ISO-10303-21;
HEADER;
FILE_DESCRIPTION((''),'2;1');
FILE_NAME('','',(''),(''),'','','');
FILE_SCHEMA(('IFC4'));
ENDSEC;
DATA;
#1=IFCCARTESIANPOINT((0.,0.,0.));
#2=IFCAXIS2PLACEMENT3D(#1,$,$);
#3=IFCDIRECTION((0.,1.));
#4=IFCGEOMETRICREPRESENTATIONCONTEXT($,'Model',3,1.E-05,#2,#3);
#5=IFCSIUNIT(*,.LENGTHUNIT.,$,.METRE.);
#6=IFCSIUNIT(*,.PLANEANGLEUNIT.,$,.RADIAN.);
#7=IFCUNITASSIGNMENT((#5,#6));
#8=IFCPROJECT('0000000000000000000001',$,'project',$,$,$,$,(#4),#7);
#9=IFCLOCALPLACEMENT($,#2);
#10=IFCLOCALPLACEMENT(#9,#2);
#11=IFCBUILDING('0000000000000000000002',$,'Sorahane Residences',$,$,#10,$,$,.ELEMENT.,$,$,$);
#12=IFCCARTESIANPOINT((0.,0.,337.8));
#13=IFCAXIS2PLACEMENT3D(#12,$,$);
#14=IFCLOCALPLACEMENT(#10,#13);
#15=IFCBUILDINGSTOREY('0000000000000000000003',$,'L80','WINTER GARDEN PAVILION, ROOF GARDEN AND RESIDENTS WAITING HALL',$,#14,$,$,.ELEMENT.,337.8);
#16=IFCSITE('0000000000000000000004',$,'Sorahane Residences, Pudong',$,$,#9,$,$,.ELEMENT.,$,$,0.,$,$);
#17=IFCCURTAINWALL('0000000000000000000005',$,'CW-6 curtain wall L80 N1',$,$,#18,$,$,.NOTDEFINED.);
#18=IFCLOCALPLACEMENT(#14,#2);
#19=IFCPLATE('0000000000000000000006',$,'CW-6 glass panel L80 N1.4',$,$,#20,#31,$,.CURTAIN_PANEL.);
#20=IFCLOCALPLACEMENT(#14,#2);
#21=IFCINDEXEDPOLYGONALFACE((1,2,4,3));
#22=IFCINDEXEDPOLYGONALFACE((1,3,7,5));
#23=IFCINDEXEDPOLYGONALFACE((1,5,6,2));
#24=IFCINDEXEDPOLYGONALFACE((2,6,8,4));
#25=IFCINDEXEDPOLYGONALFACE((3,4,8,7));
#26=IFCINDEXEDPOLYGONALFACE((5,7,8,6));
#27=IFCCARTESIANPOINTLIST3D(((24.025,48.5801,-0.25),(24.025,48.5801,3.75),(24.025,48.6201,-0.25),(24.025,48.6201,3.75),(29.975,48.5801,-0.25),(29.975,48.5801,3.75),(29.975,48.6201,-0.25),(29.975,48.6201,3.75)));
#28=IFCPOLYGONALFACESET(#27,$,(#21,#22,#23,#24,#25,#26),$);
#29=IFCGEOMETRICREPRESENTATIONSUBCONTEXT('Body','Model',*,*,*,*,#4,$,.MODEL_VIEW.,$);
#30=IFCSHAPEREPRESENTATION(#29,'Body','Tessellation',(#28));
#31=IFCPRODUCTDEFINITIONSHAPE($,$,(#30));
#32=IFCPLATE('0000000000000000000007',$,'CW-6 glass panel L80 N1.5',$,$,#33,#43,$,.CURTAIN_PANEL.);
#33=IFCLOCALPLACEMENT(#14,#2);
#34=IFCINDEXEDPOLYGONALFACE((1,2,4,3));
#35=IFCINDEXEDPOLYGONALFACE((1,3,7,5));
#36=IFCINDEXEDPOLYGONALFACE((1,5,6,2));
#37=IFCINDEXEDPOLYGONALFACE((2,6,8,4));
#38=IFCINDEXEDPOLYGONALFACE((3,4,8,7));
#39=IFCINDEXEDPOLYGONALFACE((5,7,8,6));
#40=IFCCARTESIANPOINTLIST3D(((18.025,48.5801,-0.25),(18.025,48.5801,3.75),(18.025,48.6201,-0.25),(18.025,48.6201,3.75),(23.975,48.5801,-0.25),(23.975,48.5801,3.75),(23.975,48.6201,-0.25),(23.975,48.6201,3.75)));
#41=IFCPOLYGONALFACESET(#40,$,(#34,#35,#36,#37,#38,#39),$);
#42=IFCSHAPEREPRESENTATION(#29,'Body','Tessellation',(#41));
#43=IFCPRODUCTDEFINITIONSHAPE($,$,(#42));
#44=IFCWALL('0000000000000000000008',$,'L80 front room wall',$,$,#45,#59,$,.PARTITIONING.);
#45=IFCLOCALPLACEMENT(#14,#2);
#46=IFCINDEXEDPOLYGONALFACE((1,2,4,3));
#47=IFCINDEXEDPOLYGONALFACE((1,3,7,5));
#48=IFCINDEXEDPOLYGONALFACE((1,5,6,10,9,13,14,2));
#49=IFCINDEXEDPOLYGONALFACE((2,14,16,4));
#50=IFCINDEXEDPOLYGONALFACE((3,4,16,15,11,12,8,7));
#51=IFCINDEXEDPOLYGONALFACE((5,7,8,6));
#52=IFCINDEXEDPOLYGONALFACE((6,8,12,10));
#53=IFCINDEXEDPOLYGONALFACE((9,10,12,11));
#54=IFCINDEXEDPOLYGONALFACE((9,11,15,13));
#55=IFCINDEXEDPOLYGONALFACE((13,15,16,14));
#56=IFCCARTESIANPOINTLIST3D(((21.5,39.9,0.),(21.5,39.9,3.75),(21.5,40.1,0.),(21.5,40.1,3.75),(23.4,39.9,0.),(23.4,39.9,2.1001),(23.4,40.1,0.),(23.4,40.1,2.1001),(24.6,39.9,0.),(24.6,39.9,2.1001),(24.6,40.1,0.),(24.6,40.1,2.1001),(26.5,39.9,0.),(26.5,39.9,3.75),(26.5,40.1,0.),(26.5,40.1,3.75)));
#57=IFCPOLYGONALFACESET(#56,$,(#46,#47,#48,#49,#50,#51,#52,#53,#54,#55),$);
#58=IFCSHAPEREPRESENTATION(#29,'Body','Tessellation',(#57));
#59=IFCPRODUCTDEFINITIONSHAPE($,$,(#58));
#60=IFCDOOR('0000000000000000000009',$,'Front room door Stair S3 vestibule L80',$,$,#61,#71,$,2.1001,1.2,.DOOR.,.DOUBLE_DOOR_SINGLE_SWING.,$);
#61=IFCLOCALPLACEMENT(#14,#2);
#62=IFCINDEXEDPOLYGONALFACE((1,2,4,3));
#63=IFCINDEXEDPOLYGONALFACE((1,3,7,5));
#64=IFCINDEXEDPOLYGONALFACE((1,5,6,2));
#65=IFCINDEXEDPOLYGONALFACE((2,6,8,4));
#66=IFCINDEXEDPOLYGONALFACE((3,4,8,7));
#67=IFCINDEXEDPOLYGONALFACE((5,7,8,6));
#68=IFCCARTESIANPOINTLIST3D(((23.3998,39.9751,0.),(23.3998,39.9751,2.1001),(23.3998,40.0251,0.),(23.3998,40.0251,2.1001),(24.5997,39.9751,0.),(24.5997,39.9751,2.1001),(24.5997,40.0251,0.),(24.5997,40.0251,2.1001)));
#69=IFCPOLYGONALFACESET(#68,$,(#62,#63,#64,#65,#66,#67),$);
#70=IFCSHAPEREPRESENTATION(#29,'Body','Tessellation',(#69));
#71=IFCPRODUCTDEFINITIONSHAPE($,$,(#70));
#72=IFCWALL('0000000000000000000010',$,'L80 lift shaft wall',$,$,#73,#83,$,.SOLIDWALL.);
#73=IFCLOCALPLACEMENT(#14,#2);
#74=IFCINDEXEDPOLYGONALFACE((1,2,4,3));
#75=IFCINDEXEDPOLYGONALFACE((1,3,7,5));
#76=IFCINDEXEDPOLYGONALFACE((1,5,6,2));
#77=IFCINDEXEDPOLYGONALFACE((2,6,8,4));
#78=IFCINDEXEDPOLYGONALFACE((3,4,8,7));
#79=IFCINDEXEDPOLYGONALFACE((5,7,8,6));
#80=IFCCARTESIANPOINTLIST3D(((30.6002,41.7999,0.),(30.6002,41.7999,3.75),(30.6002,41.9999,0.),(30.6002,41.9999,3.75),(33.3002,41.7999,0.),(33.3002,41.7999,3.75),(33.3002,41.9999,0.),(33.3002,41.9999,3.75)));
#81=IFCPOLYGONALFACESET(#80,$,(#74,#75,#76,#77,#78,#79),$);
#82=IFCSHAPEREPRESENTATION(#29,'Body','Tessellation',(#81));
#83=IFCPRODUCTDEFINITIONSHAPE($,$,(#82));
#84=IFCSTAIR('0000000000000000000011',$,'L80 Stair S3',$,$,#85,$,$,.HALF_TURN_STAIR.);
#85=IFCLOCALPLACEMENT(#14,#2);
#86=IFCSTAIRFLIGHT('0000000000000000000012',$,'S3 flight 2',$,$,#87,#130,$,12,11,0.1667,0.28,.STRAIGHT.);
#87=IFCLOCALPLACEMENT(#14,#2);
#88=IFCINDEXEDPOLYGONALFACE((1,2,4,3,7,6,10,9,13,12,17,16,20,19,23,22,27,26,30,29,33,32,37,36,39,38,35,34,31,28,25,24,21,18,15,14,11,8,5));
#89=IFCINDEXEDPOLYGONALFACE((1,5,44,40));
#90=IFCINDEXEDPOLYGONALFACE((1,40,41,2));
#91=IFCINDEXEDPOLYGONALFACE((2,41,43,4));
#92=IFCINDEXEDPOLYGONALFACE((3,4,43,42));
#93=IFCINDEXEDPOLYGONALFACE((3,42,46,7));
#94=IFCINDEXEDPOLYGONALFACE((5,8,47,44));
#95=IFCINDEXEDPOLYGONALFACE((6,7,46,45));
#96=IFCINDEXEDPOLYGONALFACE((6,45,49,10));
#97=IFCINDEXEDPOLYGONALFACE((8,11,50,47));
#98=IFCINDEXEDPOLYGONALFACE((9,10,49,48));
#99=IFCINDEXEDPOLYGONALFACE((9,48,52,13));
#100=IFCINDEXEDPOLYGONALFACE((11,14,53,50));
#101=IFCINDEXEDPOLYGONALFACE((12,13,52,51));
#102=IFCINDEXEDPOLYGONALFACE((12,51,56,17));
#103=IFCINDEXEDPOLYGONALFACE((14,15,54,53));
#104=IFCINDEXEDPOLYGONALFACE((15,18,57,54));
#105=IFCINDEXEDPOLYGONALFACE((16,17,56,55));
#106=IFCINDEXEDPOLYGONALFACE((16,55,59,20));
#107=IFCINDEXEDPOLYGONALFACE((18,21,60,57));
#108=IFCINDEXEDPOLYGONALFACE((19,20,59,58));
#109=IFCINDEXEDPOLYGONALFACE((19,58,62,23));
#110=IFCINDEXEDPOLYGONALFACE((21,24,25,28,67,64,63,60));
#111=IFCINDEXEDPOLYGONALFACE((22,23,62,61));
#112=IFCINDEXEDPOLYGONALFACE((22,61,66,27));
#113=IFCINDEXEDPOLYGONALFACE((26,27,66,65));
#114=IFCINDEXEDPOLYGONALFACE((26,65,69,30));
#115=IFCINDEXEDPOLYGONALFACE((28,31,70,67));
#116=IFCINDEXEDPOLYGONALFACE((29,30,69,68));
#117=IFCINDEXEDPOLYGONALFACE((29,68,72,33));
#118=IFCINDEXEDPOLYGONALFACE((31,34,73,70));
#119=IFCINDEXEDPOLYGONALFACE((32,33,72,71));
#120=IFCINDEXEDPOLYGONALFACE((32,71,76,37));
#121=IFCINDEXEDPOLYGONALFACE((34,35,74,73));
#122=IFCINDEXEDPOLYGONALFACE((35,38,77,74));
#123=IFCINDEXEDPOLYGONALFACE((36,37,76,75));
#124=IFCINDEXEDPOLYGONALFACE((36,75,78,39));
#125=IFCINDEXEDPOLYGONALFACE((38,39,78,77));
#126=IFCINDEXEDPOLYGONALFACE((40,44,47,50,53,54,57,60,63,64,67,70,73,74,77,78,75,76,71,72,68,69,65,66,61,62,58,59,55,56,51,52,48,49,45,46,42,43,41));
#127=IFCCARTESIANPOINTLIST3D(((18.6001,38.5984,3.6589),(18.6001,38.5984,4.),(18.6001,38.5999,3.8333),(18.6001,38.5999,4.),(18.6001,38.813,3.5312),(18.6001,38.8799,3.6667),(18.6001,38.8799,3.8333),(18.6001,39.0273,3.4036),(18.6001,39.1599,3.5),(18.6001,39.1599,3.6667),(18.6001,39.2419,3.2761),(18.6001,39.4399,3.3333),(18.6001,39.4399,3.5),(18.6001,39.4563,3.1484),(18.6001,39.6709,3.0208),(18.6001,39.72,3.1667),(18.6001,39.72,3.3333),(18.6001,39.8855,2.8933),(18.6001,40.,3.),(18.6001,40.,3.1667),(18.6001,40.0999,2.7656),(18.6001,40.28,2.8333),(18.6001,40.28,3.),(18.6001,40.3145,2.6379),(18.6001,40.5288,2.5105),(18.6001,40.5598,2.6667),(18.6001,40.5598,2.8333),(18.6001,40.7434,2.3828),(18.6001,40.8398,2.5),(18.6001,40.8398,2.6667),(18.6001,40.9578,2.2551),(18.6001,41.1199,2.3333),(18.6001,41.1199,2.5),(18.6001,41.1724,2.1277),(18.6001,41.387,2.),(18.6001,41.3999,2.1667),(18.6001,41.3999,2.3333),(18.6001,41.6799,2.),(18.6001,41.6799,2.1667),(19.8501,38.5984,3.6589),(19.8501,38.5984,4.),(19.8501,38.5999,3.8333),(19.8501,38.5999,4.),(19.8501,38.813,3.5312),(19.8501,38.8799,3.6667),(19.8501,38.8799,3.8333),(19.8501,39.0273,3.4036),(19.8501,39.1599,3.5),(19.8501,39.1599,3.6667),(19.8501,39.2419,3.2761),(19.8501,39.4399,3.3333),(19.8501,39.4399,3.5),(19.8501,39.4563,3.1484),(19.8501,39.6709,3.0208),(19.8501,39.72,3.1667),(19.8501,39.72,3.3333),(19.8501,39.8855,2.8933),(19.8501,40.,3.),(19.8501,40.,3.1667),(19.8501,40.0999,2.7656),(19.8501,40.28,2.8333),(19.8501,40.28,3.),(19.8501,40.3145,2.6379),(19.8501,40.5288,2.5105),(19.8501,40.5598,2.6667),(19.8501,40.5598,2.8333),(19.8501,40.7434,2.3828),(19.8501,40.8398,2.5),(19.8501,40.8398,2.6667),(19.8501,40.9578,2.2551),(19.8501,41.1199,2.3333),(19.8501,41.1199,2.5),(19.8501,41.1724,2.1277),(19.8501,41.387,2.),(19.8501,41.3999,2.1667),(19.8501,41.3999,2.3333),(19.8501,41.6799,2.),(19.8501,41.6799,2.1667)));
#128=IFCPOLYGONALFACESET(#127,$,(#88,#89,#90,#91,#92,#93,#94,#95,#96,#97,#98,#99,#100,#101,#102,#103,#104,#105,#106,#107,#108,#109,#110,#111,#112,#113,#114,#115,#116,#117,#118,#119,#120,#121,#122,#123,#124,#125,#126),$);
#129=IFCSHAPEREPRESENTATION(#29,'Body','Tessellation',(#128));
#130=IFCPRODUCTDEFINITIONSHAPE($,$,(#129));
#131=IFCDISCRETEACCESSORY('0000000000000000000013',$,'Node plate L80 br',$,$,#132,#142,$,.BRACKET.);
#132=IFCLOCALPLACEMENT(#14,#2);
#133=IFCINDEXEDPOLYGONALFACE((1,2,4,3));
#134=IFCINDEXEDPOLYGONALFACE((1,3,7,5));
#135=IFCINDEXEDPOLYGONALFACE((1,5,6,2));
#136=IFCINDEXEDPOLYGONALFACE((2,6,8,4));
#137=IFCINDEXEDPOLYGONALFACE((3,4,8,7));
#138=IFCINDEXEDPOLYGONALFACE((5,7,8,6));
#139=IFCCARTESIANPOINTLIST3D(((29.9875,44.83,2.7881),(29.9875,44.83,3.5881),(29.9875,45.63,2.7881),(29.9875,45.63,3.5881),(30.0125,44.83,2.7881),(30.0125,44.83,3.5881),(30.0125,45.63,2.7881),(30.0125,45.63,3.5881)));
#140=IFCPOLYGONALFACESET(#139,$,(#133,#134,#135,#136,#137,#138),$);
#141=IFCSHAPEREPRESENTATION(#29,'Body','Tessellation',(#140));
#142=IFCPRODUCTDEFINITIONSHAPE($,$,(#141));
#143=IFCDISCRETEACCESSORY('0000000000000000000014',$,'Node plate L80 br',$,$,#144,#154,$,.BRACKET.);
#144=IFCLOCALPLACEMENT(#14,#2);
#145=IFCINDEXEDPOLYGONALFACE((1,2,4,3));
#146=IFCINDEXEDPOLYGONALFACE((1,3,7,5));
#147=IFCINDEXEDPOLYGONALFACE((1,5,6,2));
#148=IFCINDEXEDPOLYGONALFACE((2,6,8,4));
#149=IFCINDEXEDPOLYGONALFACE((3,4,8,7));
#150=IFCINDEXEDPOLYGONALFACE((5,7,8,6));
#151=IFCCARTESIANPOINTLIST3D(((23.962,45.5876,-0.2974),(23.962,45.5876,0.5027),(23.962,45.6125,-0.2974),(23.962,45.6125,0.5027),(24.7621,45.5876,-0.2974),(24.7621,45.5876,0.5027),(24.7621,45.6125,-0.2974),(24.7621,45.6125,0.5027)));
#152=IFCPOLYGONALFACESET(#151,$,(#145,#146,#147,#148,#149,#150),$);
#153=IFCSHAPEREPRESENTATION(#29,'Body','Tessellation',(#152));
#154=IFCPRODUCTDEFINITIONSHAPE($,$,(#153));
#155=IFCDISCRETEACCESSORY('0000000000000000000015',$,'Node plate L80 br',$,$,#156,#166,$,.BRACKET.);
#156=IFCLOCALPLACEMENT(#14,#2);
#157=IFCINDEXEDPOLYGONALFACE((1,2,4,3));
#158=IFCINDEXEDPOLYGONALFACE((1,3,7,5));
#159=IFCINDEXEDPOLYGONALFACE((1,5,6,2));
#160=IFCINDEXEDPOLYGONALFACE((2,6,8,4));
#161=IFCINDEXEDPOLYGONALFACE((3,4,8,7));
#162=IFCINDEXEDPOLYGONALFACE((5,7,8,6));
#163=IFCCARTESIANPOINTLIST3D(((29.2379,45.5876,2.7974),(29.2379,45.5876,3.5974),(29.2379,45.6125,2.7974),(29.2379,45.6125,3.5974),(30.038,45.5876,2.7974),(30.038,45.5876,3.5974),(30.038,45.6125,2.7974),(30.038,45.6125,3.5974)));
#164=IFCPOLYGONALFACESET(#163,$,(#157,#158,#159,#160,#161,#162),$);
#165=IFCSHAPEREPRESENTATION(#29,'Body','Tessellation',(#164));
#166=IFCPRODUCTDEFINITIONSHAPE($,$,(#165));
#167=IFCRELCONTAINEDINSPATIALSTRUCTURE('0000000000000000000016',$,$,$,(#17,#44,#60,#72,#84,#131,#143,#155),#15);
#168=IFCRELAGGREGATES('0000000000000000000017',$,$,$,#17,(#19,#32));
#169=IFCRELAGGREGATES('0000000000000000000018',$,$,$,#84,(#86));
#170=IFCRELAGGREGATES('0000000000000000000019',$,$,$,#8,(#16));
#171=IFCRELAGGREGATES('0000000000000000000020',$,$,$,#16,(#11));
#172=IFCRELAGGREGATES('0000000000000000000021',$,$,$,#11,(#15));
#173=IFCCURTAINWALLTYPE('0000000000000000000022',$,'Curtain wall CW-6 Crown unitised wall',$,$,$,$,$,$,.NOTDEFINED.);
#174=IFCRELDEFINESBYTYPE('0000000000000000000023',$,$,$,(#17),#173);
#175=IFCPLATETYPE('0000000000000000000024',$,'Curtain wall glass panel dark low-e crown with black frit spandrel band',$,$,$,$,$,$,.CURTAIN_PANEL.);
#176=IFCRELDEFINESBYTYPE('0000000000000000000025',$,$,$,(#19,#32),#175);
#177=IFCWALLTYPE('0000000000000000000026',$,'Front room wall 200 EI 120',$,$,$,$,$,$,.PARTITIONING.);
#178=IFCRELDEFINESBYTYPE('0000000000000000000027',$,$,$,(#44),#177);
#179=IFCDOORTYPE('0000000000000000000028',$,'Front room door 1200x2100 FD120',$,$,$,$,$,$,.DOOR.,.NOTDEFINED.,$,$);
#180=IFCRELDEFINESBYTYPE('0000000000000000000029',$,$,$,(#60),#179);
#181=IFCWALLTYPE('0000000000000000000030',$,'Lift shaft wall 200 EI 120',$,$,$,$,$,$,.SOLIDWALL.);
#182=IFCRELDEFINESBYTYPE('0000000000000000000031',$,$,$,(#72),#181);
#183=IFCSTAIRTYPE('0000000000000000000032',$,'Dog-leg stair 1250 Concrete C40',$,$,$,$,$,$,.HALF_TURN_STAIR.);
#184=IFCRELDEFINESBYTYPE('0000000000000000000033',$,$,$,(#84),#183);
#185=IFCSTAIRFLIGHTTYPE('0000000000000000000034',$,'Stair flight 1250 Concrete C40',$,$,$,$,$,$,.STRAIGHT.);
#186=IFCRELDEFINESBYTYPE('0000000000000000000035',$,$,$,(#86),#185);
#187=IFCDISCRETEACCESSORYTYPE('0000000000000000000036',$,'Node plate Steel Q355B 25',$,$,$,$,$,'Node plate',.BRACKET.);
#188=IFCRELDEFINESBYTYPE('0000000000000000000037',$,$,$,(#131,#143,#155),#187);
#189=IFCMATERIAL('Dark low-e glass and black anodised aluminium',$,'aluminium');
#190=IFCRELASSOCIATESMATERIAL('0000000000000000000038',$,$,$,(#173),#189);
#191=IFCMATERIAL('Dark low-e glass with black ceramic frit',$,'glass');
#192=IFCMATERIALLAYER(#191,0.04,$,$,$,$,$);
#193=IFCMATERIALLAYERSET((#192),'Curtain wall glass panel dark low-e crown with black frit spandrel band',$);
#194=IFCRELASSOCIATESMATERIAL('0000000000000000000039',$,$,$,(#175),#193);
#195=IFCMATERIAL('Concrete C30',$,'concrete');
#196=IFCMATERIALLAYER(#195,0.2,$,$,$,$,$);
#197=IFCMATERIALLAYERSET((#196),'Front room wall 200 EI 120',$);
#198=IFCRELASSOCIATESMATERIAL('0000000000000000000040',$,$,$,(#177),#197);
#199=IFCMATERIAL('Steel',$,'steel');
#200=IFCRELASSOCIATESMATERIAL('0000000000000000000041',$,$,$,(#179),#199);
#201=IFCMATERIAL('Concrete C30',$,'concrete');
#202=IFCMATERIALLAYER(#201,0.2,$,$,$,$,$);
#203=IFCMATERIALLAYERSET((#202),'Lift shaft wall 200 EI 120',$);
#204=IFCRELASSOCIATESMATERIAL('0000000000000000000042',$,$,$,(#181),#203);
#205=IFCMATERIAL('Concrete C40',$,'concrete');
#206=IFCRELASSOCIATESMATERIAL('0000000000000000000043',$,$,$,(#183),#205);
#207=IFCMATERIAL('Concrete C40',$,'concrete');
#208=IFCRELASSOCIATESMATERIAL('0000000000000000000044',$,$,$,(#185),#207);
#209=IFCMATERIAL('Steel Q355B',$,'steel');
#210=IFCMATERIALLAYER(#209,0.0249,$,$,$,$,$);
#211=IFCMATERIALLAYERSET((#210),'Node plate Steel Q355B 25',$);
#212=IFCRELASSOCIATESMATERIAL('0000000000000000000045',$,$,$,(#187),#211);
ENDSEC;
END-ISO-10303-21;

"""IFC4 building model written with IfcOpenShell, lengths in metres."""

from ifc_helpers import new_model, si_unit, direction, frame, frame_2d, origin, origin_2d, place, context, subcontext, project, spatial, polyline, rectangle, outline, extrude, material, layer, layer_set, type_object, element, fill, aggregate, save


model = new_model("IFC4")

# Units and contexts
model_context = context("Model", 3, precision=1e-05, world=origin(), true_north=direction((0.0, 1.0)))
body_context = subcontext(model_context, "Body", "Model", "MODEL_VIEW")
ifc_project = project(units=[si_unit("LENGTHUNIT", "METRE"), si_unit("PLANEANGLEUNIT", "RADIAN")], contexts=[model_context])

# Site, building, storey
site_placement = place(None, origin())
site = spatial("IfcSite", under=ifc_project, at=site_placement, Name="Sorahane Residences, Pudong", CompositionType="ELEMENT", RefElevation=0.0)
building_placement = place(site_placement, origin())
building = spatial("IfcBuilding", under=site, at=building_placement, Name="Sorahane Residences", CompositionType="ELEMENT")
storey_placement = place(building_placement, frame((0.0, 0.0, 337.8)))
storey = spatial("IfcBuildingStorey", under=building, at=storey_placement, Name="L80", Description="WINTER GARDEN PAVILION, ROOF GARDEN AND RESIDENTS WAITING HALL", CompositionType="ELEMENT", Elevation=337.8)

# Curtain wall
ifc_material_1 = material(Name="Dark low-e glass and black anodised aluminium", Category="aluminium")
curtain_wall_type = type_object("IfcCurtainWallType", Name="Curtain wall CW-6 Crown unitised wall", PredefinedType="NOTDEFINED", material=ifc_material_1)
curtain_wall_placement = place(storey_placement, origin())
curtain_wall = element("IfcCurtainWall", 1, at=curtain_wall_placement, inside=storey, type_object=curtain_wall_type, Name="CW-6 curtain wall L80 N1", PredefinedType="NOTDEFINED")

# Plates
ifc_material_2 = material(Name="Dark low-e glass with black ceramic frit", Category="glass")
ifc_layer_1 = layer(ifc_material_2, 0.04)
ifc_layer_set_1 = layer_set([ifc_layer_1], Name="Curtain wall glass panel dark low-e crown with black frit spandrel band")
plate_type = type_object("IfcPlateType", Name="Curtain wall glass panel dark low-e crown with black frit spandrel band", PredefinedType="CURTAIN_PANEL", material=ifc_layer_set_1)
plate_1_placement = place(storey_placement, frame((27.0, 48.6001, -0.25), z_axis=(0.0, 0.0, 1.0), x_axis=(-1.0, 0.0, 0.0)))
plate_1 = element("IfcPlate", 2, at=plate_1_placement, type_object=plate_type, Name="CW-6 glass panel L80 N1.4", PredefinedType="CURTAIN_PANEL", context=body_context, shape_type="SweptSolid", body=[
    extrude(rectangle(XDim=5.95, YDim=0.04, at=origin_2d()), origin(), (0.0, 0.0, 1.0), 4.0),
])
plate_2_placement = place(storey_placement, frame((21.0, 48.6001, -0.25), z_axis=(0.0, 0.0, 1.0), x_axis=(-1.0, 0.0, 0.0)))
plate_2 = element("IfcPlate", 3, at=plate_2_placement, type_object=plate_type, Name="CW-6 glass panel L80 N1.5", PredefinedType="CURTAIN_PANEL", context=body_context, shape_type="SweptSolid", body=[
    extrude(rectangle(XDim=5.95, YDim=0.04, at=origin_2d()), origin(), (0.0, 0.0, 1.0), 4.0),
])
aggregate(curtain_wall, [plate_1, plate_2])

# Wall, opening, door
ifc_material_3 = material(Name="Concrete C30", Category="concrete")
ifc_layer_2 = layer(ifc_material_3, 0.2)
ifc_layer_set_2 = layer_set([ifc_layer_2], Name="Front room wall 200 EI 120")
wall_type_1 = type_object("IfcWallType", Name="Front room wall 200 EI 120", PredefinedType="PARTITIONING", material=ifc_layer_set_2)
wall_1_placement = place(storey_placement, frame((21.5, 40.0, 0.0), z_axis=(0.0, 0.0, 1.0), x_axis=(1.0, 0.0, 0.0)))
wall_1 = element("IfcWall", 4, at=wall_1_placement, inside=storey, type_object=wall_type_1, Name="L80 front room wall", PredefinedType="PARTITIONING", context=body_context, shape_type="SweptSolid", body=[
    extrude(rectangle(XDim=5.0, YDim=0.2, at=frame_2d((2.5, 0.0))), origin(), (0.0, 0.0, 1.0), 3.75),
])
opening_placement = place(wall_1_placement, frame((1.8999, 0.0, 0.0)))
opening = element("IfcOpeningElement", 5, at=opening_placement, cuts=wall_1, PredefinedType="OPENING", context=body_context, shape_type="SweptSolid", body=[
    extrude(rectangle(XDim=1.2, YDim=2.1001, at=frame_2d((0.6001, 1.05))), frame((0.0, 0.1099, 0.0), z_axis=(0.0, -1.0, 0.0), x_axis=(1.0, 0.0, 0.0)), (0.0, 0.0, 1.0), 0.22),
])
ifc_material_4 = material(Name="Steel", Category="steel")
door_type = type_object("IfcDoorType", Name="Front room door 1200x2100 FD120", OperationType="NOTDEFINED", PredefinedType="DOOR", material=ifc_material_4)
door_placement = place(opening_placement, frame((1.2, 0.0, 0.0), z_axis=(0.0, 0.0, 1.0), x_axis=(-1.0, 0.0, 0.0)))
door = element("IfcDoor", 6, at=door_placement, inside=storey, type_object=door_type, Name="Front room door Stair S3 vestibule L80", OperationType="DOUBLE_DOOR_SINGLE_SWING", OverallHeight=2.1001, OverallWidth=1.2, PredefinedType="DOOR", context=body_context, shape_type="SweptSolid", body=[
    extrude(rectangle(XDim=1.2, YDim=2.1001, at=frame_2d((0.6001, 1.05))), frame((0.0, 0.0249, 0.0), z_axis=(0.0, -1.0, 0.0), x_axis=(1.0, 0.0, 0.0)), (0.0, 0.0, 1.0), 0.05),
])
fill(opening, door)

# Wall
ifc_material_5 = material(Name="Concrete C30", Category="concrete")
ifc_layer_3 = layer(ifc_material_5, 0.2)
ifc_layer_set_3 = layer_set([ifc_layer_3], Name="Lift shaft wall 200 EI 120")
wall_type_2 = type_object("IfcWallType", Name="Lift shaft wall 200 EI 120", PredefinedType="SOLIDWALL", material=ifc_layer_set_3)
wall_2_placement = place(storey_placement, frame((30.6001, 41.8999, 0.0), z_axis=(0.0, 0.0, 1.0), x_axis=(1.0, 0.0, 0.0)))
element("IfcWall", 7, at=wall_2_placement, inside=storey, type_object=wall_type_2, Name="L80 lift shaft wall", PredefinedType="SOLIDWALL", context=body_context, shape_type="SweptSolid", body=[
    extrude(rectangle(XDim=2.7, YDim=0.2, at=frame_2d((1.3501, 0.0))), origin(), (0.0, 0.0, 1.0), 3.75),
])

# Stair, stair flight
ifc_material_6 = material(Name="Concrete C40", Category="concrete")
stair_type = type_object("IfcStairType", Name="Dog-leg stair 1250 Concrete C40", PredefinedType="HALF_TURN_STAIR", material=ifc_material_6)
stair_placement = place(storey_placement, origin())
stair = element("IfcStair", 8, at=stair_placement, inside=storey, type_object=stair_type, Name="L80 Stair S3", PredefinedType="HALF_TURN_STAIR")
ifc_material_7 = material(Name="Concrete C40", Category="concrete")
stair_flight_type = type_object("IfcStairFlightType", Name="Stair flight 1250 Concrete C40", PredefinedType="STRAIGHT", material=ifc_material_7)
stair_flight_placement = place(storey_placement, frame((19.2251, 41.6799, 2.0), z_axis=(0.0, 0.0, 1.0), x_axis=(0.0, -1.0, 0.0)))
stair_flight = element("IfcStairFlight", 9, at=stair_flight_placement, type_object=stair_flight_type, Name="S3 flight 2", NumberOfRisers=12, NumberOfTreads=11, PredefinedType="STRAIGHT", RiserHeight=0.1667, TreadLength=0.28, context=body_context, shape_type="SweptSolid", body=[
    extrude(outline(polyline([(0.0, 0.0), (0.0, 0.1667), (0.28, 0.1667), (0.28, 0.3333), (0.5601, 0.3333), (0.5601, 0.5), (0.8401, 0.5), (0.8401, 0.6667), (1.1201, 0.6667), (1.1201, 0.8333), (1.3999, 0.8333), (1.3999, 1.0), (1.6799, 1.0), (1.6799, 1.1667), (1.96, 1.1667), (1.96, 1.3333), (2.24, 1.3333), (2.24, 1.5), (2.52, 1.5), (2.52, 1.6667), (2.8, 1.6667), (2.8, 1.8333), (3.0801, 1.8333), (3.0801, 2.0), (3.0815, 2.0), (3.0815, 1.6589), (2.8669, 1.5312), (2.6526, 1.4036), (2.438, 1.2761), (2.2236, 1.1484), (2.009, 1.0208), (1.7944, 0.8933), (1.5801, 0.7656), (1.3655, 0.6379), (1.1511, 0.5105), (0.9365, 0.3828), (0.7222, 0.2551), (0.5076, 0.1277), (0.293, 0.0), (0.0, 0.0)])), frame((0.0, 0.625, 0.0), z_axis=(0.0, -1.0, 0.0), x_axis=(1.0, 0.0, 0.0)), (0.0, 0.0, 1.0), 1.25),
])
aggregate(stair, [stair_flight])

# Discrete accessories
ifc_material_8 = material(Name="Steel Q355B", Category="steel")
ifc_layer_4 = layer(ifc_material_8, 0.0249)
ifc_layer_set_4 = layer_set([ifc_layer_4], Name="Node plate Steel Q355B 25")
discrete_accessory_type = type_object("IfcDiscreteAccessoryType", Name="Node plate Steel Q355B 25", ElementType="Node plate", PredefinedType="BRACKET", material=ifc_layer_set_4)
for number, where, z_axis, x_axis, name in (
    (10, (30.0, 45.23, 2.7881), (0.0, 0.0, 1.0), (0.0, 1.0, 0.0), "Node plate L80 br"),
    (11, (24.3621, 45.6001, -0.2974), (0.0, 0.0, 1.0), (1.0, 0.0, 0.0), "Node plate L80 br"),
    (12, (29.6379, 45.6001, 2.7974), (0.0, 0.0, 1.0), (1.0, 0.0, 0.0), "Node plate L80 br"),
):
    element("IfcDiscreteAccessory", number, at=place(storey_placement, frame(where, z_axis=z_axis, x_axis=x_axis)), inside=storey, type_object=discrete_accessory_type, Name=name, PredefinedType="BRACKET", context=body_context, shape_type="SweptSolid", body=[
        extrude(rectangle(XDim=0.8, YDim=0.0249, at=origin_2d()), origin(), (0.0, 0.0, 1.0), 0.8),
    ])

save(model, "model.ifc")
